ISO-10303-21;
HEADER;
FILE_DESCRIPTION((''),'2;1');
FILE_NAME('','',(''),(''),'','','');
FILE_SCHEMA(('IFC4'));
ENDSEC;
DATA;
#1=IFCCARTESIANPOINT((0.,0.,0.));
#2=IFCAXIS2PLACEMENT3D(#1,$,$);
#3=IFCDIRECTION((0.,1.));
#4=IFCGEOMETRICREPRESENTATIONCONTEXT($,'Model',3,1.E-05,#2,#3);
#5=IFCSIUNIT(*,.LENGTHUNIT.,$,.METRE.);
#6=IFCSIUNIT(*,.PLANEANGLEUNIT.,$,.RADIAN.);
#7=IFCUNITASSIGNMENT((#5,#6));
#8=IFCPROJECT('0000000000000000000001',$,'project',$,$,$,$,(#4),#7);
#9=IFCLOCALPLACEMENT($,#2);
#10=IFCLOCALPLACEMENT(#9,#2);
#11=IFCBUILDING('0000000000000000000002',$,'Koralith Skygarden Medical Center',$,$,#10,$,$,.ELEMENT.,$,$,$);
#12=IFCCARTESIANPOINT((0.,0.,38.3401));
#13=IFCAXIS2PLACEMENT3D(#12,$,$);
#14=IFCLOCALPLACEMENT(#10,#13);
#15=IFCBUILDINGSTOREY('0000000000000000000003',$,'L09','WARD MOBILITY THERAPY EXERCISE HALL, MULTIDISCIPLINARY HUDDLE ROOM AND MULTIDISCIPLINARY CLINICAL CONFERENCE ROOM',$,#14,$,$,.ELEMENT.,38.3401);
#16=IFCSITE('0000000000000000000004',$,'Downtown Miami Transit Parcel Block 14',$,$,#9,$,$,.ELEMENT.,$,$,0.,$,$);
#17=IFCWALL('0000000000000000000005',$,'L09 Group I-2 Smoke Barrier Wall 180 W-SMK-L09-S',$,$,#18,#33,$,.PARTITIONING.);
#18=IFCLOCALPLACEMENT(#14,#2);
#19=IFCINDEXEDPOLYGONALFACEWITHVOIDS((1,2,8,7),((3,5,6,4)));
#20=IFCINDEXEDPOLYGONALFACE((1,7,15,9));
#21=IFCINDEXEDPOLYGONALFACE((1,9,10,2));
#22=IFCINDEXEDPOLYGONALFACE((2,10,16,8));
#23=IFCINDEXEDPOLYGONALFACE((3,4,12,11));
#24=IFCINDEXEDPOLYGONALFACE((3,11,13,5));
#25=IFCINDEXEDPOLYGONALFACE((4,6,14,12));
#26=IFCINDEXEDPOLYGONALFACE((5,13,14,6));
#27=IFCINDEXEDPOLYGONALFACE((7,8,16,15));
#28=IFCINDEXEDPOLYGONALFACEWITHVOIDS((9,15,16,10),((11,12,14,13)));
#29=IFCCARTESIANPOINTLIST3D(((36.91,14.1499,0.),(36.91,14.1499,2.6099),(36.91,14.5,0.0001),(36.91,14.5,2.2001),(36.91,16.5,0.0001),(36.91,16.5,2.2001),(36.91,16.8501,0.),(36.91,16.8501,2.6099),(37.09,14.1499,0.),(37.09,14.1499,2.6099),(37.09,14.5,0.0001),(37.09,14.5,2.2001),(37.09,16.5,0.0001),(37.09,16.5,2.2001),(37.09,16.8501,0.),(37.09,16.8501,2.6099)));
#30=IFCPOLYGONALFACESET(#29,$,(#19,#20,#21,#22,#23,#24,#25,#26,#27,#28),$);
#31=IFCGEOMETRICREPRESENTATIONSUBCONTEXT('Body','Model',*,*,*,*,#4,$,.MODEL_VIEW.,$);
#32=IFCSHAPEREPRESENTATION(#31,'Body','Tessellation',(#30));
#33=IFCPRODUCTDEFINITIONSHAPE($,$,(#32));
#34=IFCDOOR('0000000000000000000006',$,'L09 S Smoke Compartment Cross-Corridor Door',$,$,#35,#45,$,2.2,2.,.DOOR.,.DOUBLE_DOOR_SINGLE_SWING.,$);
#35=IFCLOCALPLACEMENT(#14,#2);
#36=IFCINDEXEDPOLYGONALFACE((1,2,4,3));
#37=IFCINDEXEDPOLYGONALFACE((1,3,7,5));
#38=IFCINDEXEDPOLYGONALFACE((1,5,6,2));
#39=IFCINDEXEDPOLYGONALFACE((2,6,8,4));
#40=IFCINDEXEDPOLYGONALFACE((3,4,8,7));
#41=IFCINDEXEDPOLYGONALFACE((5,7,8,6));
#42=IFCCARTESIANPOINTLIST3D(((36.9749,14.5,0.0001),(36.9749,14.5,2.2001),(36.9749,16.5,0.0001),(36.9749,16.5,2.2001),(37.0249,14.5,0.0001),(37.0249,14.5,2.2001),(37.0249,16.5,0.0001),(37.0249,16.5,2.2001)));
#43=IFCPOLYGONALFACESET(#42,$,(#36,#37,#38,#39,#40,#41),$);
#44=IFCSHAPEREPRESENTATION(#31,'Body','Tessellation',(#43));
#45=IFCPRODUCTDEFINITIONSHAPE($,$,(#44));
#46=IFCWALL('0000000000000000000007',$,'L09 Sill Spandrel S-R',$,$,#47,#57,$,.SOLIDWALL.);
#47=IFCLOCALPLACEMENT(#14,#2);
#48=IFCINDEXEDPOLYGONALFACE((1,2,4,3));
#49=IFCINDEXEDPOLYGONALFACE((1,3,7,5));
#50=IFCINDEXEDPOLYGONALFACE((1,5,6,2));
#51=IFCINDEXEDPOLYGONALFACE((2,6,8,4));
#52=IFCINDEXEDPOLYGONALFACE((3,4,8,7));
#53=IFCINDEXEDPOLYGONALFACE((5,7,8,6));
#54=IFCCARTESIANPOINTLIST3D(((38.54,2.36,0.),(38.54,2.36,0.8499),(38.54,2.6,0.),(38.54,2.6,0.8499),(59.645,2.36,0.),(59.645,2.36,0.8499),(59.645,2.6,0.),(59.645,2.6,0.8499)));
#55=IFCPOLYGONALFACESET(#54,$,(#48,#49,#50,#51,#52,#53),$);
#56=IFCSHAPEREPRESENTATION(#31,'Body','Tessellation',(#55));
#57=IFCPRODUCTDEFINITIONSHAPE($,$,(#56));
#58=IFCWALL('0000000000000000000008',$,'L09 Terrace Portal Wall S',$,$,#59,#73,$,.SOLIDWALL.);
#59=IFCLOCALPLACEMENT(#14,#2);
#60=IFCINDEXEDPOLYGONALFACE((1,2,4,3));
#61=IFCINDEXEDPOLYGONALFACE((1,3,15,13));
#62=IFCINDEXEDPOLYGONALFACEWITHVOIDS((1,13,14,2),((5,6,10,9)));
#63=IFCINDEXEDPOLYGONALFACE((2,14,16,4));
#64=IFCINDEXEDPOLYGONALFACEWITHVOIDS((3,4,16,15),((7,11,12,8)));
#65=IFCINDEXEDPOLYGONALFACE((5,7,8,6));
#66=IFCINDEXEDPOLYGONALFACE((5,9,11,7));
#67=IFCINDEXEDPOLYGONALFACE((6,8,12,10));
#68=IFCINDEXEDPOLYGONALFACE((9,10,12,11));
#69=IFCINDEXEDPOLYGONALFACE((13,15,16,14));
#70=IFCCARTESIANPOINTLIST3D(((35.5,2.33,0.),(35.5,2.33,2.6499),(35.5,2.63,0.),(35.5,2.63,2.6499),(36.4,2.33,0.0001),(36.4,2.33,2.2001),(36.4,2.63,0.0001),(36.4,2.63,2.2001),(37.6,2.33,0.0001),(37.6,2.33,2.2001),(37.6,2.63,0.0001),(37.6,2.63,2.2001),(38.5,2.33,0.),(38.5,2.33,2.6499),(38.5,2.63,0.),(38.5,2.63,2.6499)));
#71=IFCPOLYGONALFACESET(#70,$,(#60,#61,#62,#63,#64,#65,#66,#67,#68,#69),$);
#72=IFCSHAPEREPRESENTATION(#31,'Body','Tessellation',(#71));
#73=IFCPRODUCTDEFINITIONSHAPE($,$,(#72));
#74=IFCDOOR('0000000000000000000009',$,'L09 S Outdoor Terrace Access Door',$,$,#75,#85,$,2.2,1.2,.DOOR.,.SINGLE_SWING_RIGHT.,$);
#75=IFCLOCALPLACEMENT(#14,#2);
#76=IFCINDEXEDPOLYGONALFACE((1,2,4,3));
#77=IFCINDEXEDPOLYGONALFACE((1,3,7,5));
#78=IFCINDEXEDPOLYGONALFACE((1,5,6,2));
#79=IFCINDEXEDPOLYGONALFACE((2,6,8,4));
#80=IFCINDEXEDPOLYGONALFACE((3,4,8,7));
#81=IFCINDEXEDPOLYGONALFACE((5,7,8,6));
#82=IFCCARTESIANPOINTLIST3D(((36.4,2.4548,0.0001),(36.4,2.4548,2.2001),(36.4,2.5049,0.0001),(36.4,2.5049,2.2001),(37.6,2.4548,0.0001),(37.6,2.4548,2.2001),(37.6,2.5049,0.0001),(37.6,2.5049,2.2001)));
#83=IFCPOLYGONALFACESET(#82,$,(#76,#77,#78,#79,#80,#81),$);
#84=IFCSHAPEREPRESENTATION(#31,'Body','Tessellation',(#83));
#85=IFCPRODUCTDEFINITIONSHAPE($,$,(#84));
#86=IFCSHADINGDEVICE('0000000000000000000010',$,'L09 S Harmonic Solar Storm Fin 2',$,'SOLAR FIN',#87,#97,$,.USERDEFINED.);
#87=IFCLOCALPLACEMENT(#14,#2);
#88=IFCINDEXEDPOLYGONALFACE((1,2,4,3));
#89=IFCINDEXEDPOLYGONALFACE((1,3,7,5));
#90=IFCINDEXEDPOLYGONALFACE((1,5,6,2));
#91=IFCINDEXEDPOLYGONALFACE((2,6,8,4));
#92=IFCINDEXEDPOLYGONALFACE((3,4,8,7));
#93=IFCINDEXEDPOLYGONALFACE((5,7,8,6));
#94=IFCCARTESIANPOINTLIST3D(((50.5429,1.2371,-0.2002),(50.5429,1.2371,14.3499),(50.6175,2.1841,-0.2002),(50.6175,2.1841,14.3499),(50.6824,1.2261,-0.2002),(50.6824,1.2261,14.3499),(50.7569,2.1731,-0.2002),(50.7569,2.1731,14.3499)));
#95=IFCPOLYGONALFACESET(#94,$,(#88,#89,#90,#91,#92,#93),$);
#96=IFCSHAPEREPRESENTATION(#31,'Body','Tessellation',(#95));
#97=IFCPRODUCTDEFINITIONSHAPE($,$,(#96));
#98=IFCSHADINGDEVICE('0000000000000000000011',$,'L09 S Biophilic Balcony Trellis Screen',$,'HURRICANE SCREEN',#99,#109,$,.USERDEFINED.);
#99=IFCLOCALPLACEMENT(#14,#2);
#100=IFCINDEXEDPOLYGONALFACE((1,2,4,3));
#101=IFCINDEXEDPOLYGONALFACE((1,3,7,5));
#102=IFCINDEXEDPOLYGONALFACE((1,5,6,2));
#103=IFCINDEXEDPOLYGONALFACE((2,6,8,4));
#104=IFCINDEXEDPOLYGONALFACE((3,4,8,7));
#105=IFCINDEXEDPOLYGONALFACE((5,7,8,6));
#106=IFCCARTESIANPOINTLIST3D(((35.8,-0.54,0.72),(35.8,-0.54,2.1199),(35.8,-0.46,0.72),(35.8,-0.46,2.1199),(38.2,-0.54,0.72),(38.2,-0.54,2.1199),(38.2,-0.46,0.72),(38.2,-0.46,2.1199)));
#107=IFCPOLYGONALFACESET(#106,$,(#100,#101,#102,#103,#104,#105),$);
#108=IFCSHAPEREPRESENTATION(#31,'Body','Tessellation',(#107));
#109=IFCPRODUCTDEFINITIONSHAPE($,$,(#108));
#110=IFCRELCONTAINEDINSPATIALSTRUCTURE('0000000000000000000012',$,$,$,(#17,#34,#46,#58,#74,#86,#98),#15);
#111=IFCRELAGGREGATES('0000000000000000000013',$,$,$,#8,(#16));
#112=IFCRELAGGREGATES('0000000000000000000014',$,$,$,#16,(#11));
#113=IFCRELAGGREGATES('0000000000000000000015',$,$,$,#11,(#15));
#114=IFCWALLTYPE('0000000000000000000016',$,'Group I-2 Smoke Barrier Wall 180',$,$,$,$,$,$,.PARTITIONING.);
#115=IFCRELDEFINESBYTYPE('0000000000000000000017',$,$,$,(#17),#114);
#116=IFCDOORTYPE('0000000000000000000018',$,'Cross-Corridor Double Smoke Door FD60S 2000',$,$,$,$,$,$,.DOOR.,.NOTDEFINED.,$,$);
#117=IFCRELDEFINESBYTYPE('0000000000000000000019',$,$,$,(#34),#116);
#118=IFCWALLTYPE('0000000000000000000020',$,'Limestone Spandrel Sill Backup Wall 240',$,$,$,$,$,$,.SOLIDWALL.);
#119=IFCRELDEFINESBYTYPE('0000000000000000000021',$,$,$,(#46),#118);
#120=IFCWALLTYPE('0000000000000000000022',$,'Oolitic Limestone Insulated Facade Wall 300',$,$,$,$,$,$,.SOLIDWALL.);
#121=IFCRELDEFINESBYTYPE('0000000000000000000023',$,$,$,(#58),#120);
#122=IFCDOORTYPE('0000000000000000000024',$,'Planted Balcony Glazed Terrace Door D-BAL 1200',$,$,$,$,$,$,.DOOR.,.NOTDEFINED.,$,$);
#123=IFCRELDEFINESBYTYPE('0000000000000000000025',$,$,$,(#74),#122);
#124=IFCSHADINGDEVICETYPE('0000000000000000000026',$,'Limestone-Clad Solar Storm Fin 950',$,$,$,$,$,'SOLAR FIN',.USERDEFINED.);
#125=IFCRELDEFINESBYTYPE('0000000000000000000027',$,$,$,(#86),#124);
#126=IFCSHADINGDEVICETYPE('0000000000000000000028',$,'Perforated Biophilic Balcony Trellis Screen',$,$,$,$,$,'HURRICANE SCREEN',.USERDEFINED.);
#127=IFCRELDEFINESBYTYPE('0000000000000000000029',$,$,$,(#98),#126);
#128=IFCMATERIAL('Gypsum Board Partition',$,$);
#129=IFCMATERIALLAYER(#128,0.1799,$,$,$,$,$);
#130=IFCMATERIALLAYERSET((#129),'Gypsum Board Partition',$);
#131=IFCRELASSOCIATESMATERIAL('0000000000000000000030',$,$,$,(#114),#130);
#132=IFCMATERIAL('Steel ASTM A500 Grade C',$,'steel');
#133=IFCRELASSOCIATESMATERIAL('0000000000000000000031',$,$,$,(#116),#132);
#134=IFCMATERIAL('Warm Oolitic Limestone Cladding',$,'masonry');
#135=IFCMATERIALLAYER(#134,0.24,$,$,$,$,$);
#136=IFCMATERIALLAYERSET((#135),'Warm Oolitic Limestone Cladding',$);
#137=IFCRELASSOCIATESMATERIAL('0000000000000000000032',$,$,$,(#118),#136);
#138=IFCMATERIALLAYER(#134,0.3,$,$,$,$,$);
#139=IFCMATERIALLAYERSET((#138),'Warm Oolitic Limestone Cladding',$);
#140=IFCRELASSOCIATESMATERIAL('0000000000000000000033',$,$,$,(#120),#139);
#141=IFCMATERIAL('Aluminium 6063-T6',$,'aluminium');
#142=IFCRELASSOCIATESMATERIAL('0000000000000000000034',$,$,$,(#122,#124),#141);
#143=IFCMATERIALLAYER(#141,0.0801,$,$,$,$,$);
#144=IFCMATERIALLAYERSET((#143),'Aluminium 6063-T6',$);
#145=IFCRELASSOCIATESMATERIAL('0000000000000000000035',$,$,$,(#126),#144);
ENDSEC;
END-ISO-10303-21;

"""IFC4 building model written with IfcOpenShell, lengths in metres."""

from ifc_helpers import new_model, si_unit, direction, frame, frame_2d, origin, origin_2d, place, context, subcontext, project, spatial, rectangle, extrude, material, layer, layer_set, type_object, element, fill, save


model = new_model("IFC4")

# Units and contexts
model_context = context("Model", 3, precision=1e-05, world=origin(), true_north=direction((0.0, 1.0)))
body_context = subcontext(model_context, "Body", "Model", "MODEL_VIEW")
ifc_project = project(units=[si_unit("LENGTHUNIT", "METRE"), si_unit("PLANEANGLEUNIT", "RADIAN")], contexts=[model_context])

# Site, building, storey
site_placement = place(None, origin())
site = spatial("IfcSite", under=ifc_project, at=site_placement, Name="Downtown Miami Transit Parcel Block 14", CompositionType="ELEMENT", RefElevation=0.0)
building_placement = place(site_placement, origin())
building = spatial("IfcBuilding", under=site, at=building_placement, Name="Koralith Skygarden Medical Center", CompositionType="ELEMENT")
storey_placement = place(building_placement, frame((0.0, 0.0, 38.3401)))
storey = spatial("IfcBuildingStorey", under=building, at=storey_placement, Name="L09", Description="WARD MOBILITY THERAPY EXERCISE HALL, MULTIDISCIPLINARY HUDDLE ROOM AND MULTIDISCIPLINARY CLINICAL CONFERENCE ROOM", CompositionType="ELEMENT", Elevation=38.3401)

# Shared definitions
ifc_material_1 = material(Name="Aluminium 6063-T6", Category="aluminium")

# Shared definitions
ifc_material_2 = material(Name="Gypsum Board Partition")

# Wall, opening, door
ifc_layer_1 = layer(ifc_material_2, 0.1799)
ifc_layer_set_1 = layer_set([ifc_layer_1], Name="Gypsum Board Partition")
wall_type_1 = type_object("IfcWallType", Name="Group I-2 Smoke Barrier Wall 180", PredefinedType="PARTITIONING", material=ifc_layer_set_1)
wall_1_placement = place(storey_placement, frame((37.0, 14.1499, 0.0), z_axis=(0.0, 0.0, 1.0), x_axis=(0.0, 1.0, 0.0)))
wall_1 = element("IfcWall", 1, at=wall_1_placement, inside=storey, type_object=wall_type_1, Name="L09 Group I-2 Smoke Barrier Wall 180 W-SMK-L09-S", PredefinedType="PARTITIONING", context=body_context, shape_type="SweptSolid", body=[
    extrude(rectangle(XDim=2.7002, YDim=0.1799, at=frame_2d((1.3501, 0.0))), origin(), (0.0, 0.0, 1.0), 2.6099),
])
opening_1_placement = place(wall_1_placement, frame((0.3501, 0.0, 0.0)))
opening_1 = element("IfcOpeningElement", 2, at=opening_1_placement, cuts=wall_1, PredefinedType="OPENING", context=body_context, shape_type="SweptSolid", body=[
    extrude(rectangle(XDim=2.0, YDim=2.2, at=frame_2d((1.0, 1.1001))), frame((0.0, 0.0999, 0.0), z_axis=(0.0, -1.0, 0.0), x_axis=(1.0, 0.0, 0.0)), (0.0, 0.0, 1.0), 0.2),
])
ifc_material_3 = material(Name="Steel ASTM A500 Grade C", Category="steel")
door_type_1 = type_object("IfcDoorType", Name="Cross-Corridor Double Smoke Door FD60S 2000", OperationType="NOTDEFINED", PredefinedType="DOOR", material=ifc_material_3)
door_1_placement = place(opening_1_placement, frame((2.0, 0.0, 0.0), z_axis=(0.0, 0.0, 1.0), x_axis=(-1.0, 0.0, 0.0)))
door_1 = element("IfcDoor", 3, at=door_1_placement, inside=storey, type_object=door_type_1, Name="L09 S Smoke Compartment Cross-Corridor Door", OperationType="DOUBLE_DOOR_SINGLE_SWING", OverallHeight=2.2, OverallWidth=2.0, PredefinedType="DOOR", context=body_context, shape_type="SweptSolid", body=[
    extrude(rectangle(XDim=2.0, YDim=2.2, at=frame_2d((1.0, 1.1001))), frame((0.0, 0.0249, 0.0), z_axis=(0.0, -1.0, 0.0), x_axis=(1.0, 0.0, 0.0)), (0.0, 0.0, 1.0), 0.05),
])
fill(opening_1, door_1)

# Wall
ifc_material_4 = material(Name="Warm Oolitic Limestone Cladding", Category="masonry")
ifc_layer_2 = layer(ifc_material_4, 0.24)
ifc_layer_set_2 = layer_set([ifc_layer_2], Name="Warm Oolitic Limestone Cladding")
wall_type_2 = type_object("IfcWallType", Name="Limestone Spandrel Sill Backup Wall 240", PredefinedType="SOLIDWALL", material=ifc_layer_set_2)
wall_2_placement = place(storey_placement, frame((38.54, 2.48, 0.0), z_axis=(0.0, 0.0, 1.0), x_axis=(1.0, 0.0, 0.0)))
element("IfcWall", 4, at=wall_2_placement, inside=storey, type_object=wall_type_2, Name="L09 Sill Spandrel S-R", PredefinedType="SOLIDWALL", context=body_context, shape_type="SweptSolid", body=[
    extrude(rectangle(XDim=21.105, YDim=0.24, at=frame_2d((10.5525, 0.0))), origin(), (0.0, 0.0, 1.0), 0.8499),
])

# Wall, opening, door
ifc_layer_3 = layer(ifc_material_4, 0.3)
ifc_layer_set_3 = layer_set([ifc_layer_3], Name="Warm Oolitic Limestone Cladding")
wall_type_3 = type_object("IfcWallType", Name="Oolitic Limestone Insulated Facade Wall 300", PredefinedType="SOLIDWALL", material=ifc_layer_set_3)
wall_3_placement = place(storey_placement, frame((35.5, 2.48, 0.0), z_axis=(0.0, 0.0, 1.0), x_axis=(1.0, 0.0, 0.0)))
wall_3 = element("IfcWall", 5, at=wall_3_placement, inside=storey, type_object=wall_type_3, Name="L09 Terrace Portal Wall S", PredefinedType="SOLIDWALL", context=body_context, shape_type="SweptSolid", body=[
    extrude(rectangle(XDim=3.0, YDim=0.3, at=frame_2d((1.5, 0.0))), origin(), (0.0, 0.0, 1.0), 2.6499),
])
opening_2_placement = place(wall_3_placement, frame((0.8999, 0.0, 0.0)))
opening_2 = element("IfcOpeningElement", 6, at=opening_2_placement, cuts=wall_3, PredefinedType="OPENING", context=body_context, shape_type="SweptSolid", body=[
    extrude(rectangle(XDim=1.2, YDim=2.2, at=frame_2d((0.6001, 1.1001))), frame((0.0, 0.1599, 0.0), z_axis=(0.0, -1.0, 0.0), x_axis=(1.0, 0.0, 0.0)), (0.0, 0.0, 1.0), 0.3201),
])
door_type_2 = type_object("IfcDoorType", Name="Planted Balcony Glazed Terrace Door D-BAL 1200", OperationType="NOTDEFINED", PredefinedType="DOOR", material=ifc_material_1)
door_2_placement = place(opening_2_placement, origin())
door_2 = element("IfcDoor", 7, at=door_2_placement, inside=storey, type_object=door_type_2, Name="L09 S Outdoor Terrace Access Door", OperationType="SINGLE_SWING_RIGHT", OverallHeight=2.2, OverallWidth=1.2, PredefinedType="DOOR", context=body_context, shape_type="SweptSolid", body=[
    extrude(rectangle(XDim=1.2, YDim=2.2, at=frame_2d((0.6001, 1.1001))), frame((0.0, 0.0249, 0.0), z_axis=(0.0, -1.0, 0.0), x_axis=(1.0, 0.0, 0.0)), (0.0, 0.0, 1.0), 0.05),
])
fill(opening_2, door_2)

# Shading devices
shading_device_type_1 = type_object("IfcShadingDeviceType", Name="Limestone-Clad Solar Storm Fin 950", ElementType="SOLAR FIN", PredefinedType="USERDEFINED", material=ifc_material_1)
shading_device_1_placement = place(storey_placement, frame((50.6499, 1.7051, -0.2002), z_axis=(0.0, 0.0, 1.0), x_axis=(-0.078494, -0.996915, 0.0)))
element("IfcShadingDevice", 8, at=shading_device_1_placement, inside=storey, type_object=shading_device_type_1, Name="L09 S Harmonic Solar Storm Fin 2", ObjectType="SOLAR FIN", PredefinedType="USERDEFINED", context=body_context, shape_type="SweptSolid", body=[
    extrude(rectangle(XDim=0.95, YDim=0.1399, at=origin_2d()), origin(), (0.0, 0.0, 1.0), 14.55),
])
ifc_layer_4 = layer(ifc_material_1, 0.0801)
ifc_layer_set_4 = layer_set([ifc_layer_4], Name="Aluminium 6063-T6")
shading_device_type_2 = type_object("IfcShadingDeviceType", Name="Perforated Biophilic Balcony Trellis Screen", ElementType="HURRICANE SCREEN", PredefinedType="USERDEFINED", material=ifc_layer_set_4)
shading_device_2_placement = place(storey_placement, frame((37.0, -0.5, 0.72), z_axis=(0.0, 0.0, 1.0), x_axis=(1.0, 0.0, 0.0)))
element("IfcShadingDevice", 9, at=shading_device_2_placement, inside=storey, type_object=shading_device_type_2, Name="L09 S Biophilic Balcony Trellis Screen", ObjectType="HURRICANE SCREEN", PredefinedType="USERDEFINED", context=body_context, shape_type="SweptSolid", body=[
    extrude(rectangle(XDim=2.3999, YDim=0.0801, at=origin_2d()), origin(), (0.0, 0.0, 1.0), 1.3999),
])

save(model, "model.ifc")
